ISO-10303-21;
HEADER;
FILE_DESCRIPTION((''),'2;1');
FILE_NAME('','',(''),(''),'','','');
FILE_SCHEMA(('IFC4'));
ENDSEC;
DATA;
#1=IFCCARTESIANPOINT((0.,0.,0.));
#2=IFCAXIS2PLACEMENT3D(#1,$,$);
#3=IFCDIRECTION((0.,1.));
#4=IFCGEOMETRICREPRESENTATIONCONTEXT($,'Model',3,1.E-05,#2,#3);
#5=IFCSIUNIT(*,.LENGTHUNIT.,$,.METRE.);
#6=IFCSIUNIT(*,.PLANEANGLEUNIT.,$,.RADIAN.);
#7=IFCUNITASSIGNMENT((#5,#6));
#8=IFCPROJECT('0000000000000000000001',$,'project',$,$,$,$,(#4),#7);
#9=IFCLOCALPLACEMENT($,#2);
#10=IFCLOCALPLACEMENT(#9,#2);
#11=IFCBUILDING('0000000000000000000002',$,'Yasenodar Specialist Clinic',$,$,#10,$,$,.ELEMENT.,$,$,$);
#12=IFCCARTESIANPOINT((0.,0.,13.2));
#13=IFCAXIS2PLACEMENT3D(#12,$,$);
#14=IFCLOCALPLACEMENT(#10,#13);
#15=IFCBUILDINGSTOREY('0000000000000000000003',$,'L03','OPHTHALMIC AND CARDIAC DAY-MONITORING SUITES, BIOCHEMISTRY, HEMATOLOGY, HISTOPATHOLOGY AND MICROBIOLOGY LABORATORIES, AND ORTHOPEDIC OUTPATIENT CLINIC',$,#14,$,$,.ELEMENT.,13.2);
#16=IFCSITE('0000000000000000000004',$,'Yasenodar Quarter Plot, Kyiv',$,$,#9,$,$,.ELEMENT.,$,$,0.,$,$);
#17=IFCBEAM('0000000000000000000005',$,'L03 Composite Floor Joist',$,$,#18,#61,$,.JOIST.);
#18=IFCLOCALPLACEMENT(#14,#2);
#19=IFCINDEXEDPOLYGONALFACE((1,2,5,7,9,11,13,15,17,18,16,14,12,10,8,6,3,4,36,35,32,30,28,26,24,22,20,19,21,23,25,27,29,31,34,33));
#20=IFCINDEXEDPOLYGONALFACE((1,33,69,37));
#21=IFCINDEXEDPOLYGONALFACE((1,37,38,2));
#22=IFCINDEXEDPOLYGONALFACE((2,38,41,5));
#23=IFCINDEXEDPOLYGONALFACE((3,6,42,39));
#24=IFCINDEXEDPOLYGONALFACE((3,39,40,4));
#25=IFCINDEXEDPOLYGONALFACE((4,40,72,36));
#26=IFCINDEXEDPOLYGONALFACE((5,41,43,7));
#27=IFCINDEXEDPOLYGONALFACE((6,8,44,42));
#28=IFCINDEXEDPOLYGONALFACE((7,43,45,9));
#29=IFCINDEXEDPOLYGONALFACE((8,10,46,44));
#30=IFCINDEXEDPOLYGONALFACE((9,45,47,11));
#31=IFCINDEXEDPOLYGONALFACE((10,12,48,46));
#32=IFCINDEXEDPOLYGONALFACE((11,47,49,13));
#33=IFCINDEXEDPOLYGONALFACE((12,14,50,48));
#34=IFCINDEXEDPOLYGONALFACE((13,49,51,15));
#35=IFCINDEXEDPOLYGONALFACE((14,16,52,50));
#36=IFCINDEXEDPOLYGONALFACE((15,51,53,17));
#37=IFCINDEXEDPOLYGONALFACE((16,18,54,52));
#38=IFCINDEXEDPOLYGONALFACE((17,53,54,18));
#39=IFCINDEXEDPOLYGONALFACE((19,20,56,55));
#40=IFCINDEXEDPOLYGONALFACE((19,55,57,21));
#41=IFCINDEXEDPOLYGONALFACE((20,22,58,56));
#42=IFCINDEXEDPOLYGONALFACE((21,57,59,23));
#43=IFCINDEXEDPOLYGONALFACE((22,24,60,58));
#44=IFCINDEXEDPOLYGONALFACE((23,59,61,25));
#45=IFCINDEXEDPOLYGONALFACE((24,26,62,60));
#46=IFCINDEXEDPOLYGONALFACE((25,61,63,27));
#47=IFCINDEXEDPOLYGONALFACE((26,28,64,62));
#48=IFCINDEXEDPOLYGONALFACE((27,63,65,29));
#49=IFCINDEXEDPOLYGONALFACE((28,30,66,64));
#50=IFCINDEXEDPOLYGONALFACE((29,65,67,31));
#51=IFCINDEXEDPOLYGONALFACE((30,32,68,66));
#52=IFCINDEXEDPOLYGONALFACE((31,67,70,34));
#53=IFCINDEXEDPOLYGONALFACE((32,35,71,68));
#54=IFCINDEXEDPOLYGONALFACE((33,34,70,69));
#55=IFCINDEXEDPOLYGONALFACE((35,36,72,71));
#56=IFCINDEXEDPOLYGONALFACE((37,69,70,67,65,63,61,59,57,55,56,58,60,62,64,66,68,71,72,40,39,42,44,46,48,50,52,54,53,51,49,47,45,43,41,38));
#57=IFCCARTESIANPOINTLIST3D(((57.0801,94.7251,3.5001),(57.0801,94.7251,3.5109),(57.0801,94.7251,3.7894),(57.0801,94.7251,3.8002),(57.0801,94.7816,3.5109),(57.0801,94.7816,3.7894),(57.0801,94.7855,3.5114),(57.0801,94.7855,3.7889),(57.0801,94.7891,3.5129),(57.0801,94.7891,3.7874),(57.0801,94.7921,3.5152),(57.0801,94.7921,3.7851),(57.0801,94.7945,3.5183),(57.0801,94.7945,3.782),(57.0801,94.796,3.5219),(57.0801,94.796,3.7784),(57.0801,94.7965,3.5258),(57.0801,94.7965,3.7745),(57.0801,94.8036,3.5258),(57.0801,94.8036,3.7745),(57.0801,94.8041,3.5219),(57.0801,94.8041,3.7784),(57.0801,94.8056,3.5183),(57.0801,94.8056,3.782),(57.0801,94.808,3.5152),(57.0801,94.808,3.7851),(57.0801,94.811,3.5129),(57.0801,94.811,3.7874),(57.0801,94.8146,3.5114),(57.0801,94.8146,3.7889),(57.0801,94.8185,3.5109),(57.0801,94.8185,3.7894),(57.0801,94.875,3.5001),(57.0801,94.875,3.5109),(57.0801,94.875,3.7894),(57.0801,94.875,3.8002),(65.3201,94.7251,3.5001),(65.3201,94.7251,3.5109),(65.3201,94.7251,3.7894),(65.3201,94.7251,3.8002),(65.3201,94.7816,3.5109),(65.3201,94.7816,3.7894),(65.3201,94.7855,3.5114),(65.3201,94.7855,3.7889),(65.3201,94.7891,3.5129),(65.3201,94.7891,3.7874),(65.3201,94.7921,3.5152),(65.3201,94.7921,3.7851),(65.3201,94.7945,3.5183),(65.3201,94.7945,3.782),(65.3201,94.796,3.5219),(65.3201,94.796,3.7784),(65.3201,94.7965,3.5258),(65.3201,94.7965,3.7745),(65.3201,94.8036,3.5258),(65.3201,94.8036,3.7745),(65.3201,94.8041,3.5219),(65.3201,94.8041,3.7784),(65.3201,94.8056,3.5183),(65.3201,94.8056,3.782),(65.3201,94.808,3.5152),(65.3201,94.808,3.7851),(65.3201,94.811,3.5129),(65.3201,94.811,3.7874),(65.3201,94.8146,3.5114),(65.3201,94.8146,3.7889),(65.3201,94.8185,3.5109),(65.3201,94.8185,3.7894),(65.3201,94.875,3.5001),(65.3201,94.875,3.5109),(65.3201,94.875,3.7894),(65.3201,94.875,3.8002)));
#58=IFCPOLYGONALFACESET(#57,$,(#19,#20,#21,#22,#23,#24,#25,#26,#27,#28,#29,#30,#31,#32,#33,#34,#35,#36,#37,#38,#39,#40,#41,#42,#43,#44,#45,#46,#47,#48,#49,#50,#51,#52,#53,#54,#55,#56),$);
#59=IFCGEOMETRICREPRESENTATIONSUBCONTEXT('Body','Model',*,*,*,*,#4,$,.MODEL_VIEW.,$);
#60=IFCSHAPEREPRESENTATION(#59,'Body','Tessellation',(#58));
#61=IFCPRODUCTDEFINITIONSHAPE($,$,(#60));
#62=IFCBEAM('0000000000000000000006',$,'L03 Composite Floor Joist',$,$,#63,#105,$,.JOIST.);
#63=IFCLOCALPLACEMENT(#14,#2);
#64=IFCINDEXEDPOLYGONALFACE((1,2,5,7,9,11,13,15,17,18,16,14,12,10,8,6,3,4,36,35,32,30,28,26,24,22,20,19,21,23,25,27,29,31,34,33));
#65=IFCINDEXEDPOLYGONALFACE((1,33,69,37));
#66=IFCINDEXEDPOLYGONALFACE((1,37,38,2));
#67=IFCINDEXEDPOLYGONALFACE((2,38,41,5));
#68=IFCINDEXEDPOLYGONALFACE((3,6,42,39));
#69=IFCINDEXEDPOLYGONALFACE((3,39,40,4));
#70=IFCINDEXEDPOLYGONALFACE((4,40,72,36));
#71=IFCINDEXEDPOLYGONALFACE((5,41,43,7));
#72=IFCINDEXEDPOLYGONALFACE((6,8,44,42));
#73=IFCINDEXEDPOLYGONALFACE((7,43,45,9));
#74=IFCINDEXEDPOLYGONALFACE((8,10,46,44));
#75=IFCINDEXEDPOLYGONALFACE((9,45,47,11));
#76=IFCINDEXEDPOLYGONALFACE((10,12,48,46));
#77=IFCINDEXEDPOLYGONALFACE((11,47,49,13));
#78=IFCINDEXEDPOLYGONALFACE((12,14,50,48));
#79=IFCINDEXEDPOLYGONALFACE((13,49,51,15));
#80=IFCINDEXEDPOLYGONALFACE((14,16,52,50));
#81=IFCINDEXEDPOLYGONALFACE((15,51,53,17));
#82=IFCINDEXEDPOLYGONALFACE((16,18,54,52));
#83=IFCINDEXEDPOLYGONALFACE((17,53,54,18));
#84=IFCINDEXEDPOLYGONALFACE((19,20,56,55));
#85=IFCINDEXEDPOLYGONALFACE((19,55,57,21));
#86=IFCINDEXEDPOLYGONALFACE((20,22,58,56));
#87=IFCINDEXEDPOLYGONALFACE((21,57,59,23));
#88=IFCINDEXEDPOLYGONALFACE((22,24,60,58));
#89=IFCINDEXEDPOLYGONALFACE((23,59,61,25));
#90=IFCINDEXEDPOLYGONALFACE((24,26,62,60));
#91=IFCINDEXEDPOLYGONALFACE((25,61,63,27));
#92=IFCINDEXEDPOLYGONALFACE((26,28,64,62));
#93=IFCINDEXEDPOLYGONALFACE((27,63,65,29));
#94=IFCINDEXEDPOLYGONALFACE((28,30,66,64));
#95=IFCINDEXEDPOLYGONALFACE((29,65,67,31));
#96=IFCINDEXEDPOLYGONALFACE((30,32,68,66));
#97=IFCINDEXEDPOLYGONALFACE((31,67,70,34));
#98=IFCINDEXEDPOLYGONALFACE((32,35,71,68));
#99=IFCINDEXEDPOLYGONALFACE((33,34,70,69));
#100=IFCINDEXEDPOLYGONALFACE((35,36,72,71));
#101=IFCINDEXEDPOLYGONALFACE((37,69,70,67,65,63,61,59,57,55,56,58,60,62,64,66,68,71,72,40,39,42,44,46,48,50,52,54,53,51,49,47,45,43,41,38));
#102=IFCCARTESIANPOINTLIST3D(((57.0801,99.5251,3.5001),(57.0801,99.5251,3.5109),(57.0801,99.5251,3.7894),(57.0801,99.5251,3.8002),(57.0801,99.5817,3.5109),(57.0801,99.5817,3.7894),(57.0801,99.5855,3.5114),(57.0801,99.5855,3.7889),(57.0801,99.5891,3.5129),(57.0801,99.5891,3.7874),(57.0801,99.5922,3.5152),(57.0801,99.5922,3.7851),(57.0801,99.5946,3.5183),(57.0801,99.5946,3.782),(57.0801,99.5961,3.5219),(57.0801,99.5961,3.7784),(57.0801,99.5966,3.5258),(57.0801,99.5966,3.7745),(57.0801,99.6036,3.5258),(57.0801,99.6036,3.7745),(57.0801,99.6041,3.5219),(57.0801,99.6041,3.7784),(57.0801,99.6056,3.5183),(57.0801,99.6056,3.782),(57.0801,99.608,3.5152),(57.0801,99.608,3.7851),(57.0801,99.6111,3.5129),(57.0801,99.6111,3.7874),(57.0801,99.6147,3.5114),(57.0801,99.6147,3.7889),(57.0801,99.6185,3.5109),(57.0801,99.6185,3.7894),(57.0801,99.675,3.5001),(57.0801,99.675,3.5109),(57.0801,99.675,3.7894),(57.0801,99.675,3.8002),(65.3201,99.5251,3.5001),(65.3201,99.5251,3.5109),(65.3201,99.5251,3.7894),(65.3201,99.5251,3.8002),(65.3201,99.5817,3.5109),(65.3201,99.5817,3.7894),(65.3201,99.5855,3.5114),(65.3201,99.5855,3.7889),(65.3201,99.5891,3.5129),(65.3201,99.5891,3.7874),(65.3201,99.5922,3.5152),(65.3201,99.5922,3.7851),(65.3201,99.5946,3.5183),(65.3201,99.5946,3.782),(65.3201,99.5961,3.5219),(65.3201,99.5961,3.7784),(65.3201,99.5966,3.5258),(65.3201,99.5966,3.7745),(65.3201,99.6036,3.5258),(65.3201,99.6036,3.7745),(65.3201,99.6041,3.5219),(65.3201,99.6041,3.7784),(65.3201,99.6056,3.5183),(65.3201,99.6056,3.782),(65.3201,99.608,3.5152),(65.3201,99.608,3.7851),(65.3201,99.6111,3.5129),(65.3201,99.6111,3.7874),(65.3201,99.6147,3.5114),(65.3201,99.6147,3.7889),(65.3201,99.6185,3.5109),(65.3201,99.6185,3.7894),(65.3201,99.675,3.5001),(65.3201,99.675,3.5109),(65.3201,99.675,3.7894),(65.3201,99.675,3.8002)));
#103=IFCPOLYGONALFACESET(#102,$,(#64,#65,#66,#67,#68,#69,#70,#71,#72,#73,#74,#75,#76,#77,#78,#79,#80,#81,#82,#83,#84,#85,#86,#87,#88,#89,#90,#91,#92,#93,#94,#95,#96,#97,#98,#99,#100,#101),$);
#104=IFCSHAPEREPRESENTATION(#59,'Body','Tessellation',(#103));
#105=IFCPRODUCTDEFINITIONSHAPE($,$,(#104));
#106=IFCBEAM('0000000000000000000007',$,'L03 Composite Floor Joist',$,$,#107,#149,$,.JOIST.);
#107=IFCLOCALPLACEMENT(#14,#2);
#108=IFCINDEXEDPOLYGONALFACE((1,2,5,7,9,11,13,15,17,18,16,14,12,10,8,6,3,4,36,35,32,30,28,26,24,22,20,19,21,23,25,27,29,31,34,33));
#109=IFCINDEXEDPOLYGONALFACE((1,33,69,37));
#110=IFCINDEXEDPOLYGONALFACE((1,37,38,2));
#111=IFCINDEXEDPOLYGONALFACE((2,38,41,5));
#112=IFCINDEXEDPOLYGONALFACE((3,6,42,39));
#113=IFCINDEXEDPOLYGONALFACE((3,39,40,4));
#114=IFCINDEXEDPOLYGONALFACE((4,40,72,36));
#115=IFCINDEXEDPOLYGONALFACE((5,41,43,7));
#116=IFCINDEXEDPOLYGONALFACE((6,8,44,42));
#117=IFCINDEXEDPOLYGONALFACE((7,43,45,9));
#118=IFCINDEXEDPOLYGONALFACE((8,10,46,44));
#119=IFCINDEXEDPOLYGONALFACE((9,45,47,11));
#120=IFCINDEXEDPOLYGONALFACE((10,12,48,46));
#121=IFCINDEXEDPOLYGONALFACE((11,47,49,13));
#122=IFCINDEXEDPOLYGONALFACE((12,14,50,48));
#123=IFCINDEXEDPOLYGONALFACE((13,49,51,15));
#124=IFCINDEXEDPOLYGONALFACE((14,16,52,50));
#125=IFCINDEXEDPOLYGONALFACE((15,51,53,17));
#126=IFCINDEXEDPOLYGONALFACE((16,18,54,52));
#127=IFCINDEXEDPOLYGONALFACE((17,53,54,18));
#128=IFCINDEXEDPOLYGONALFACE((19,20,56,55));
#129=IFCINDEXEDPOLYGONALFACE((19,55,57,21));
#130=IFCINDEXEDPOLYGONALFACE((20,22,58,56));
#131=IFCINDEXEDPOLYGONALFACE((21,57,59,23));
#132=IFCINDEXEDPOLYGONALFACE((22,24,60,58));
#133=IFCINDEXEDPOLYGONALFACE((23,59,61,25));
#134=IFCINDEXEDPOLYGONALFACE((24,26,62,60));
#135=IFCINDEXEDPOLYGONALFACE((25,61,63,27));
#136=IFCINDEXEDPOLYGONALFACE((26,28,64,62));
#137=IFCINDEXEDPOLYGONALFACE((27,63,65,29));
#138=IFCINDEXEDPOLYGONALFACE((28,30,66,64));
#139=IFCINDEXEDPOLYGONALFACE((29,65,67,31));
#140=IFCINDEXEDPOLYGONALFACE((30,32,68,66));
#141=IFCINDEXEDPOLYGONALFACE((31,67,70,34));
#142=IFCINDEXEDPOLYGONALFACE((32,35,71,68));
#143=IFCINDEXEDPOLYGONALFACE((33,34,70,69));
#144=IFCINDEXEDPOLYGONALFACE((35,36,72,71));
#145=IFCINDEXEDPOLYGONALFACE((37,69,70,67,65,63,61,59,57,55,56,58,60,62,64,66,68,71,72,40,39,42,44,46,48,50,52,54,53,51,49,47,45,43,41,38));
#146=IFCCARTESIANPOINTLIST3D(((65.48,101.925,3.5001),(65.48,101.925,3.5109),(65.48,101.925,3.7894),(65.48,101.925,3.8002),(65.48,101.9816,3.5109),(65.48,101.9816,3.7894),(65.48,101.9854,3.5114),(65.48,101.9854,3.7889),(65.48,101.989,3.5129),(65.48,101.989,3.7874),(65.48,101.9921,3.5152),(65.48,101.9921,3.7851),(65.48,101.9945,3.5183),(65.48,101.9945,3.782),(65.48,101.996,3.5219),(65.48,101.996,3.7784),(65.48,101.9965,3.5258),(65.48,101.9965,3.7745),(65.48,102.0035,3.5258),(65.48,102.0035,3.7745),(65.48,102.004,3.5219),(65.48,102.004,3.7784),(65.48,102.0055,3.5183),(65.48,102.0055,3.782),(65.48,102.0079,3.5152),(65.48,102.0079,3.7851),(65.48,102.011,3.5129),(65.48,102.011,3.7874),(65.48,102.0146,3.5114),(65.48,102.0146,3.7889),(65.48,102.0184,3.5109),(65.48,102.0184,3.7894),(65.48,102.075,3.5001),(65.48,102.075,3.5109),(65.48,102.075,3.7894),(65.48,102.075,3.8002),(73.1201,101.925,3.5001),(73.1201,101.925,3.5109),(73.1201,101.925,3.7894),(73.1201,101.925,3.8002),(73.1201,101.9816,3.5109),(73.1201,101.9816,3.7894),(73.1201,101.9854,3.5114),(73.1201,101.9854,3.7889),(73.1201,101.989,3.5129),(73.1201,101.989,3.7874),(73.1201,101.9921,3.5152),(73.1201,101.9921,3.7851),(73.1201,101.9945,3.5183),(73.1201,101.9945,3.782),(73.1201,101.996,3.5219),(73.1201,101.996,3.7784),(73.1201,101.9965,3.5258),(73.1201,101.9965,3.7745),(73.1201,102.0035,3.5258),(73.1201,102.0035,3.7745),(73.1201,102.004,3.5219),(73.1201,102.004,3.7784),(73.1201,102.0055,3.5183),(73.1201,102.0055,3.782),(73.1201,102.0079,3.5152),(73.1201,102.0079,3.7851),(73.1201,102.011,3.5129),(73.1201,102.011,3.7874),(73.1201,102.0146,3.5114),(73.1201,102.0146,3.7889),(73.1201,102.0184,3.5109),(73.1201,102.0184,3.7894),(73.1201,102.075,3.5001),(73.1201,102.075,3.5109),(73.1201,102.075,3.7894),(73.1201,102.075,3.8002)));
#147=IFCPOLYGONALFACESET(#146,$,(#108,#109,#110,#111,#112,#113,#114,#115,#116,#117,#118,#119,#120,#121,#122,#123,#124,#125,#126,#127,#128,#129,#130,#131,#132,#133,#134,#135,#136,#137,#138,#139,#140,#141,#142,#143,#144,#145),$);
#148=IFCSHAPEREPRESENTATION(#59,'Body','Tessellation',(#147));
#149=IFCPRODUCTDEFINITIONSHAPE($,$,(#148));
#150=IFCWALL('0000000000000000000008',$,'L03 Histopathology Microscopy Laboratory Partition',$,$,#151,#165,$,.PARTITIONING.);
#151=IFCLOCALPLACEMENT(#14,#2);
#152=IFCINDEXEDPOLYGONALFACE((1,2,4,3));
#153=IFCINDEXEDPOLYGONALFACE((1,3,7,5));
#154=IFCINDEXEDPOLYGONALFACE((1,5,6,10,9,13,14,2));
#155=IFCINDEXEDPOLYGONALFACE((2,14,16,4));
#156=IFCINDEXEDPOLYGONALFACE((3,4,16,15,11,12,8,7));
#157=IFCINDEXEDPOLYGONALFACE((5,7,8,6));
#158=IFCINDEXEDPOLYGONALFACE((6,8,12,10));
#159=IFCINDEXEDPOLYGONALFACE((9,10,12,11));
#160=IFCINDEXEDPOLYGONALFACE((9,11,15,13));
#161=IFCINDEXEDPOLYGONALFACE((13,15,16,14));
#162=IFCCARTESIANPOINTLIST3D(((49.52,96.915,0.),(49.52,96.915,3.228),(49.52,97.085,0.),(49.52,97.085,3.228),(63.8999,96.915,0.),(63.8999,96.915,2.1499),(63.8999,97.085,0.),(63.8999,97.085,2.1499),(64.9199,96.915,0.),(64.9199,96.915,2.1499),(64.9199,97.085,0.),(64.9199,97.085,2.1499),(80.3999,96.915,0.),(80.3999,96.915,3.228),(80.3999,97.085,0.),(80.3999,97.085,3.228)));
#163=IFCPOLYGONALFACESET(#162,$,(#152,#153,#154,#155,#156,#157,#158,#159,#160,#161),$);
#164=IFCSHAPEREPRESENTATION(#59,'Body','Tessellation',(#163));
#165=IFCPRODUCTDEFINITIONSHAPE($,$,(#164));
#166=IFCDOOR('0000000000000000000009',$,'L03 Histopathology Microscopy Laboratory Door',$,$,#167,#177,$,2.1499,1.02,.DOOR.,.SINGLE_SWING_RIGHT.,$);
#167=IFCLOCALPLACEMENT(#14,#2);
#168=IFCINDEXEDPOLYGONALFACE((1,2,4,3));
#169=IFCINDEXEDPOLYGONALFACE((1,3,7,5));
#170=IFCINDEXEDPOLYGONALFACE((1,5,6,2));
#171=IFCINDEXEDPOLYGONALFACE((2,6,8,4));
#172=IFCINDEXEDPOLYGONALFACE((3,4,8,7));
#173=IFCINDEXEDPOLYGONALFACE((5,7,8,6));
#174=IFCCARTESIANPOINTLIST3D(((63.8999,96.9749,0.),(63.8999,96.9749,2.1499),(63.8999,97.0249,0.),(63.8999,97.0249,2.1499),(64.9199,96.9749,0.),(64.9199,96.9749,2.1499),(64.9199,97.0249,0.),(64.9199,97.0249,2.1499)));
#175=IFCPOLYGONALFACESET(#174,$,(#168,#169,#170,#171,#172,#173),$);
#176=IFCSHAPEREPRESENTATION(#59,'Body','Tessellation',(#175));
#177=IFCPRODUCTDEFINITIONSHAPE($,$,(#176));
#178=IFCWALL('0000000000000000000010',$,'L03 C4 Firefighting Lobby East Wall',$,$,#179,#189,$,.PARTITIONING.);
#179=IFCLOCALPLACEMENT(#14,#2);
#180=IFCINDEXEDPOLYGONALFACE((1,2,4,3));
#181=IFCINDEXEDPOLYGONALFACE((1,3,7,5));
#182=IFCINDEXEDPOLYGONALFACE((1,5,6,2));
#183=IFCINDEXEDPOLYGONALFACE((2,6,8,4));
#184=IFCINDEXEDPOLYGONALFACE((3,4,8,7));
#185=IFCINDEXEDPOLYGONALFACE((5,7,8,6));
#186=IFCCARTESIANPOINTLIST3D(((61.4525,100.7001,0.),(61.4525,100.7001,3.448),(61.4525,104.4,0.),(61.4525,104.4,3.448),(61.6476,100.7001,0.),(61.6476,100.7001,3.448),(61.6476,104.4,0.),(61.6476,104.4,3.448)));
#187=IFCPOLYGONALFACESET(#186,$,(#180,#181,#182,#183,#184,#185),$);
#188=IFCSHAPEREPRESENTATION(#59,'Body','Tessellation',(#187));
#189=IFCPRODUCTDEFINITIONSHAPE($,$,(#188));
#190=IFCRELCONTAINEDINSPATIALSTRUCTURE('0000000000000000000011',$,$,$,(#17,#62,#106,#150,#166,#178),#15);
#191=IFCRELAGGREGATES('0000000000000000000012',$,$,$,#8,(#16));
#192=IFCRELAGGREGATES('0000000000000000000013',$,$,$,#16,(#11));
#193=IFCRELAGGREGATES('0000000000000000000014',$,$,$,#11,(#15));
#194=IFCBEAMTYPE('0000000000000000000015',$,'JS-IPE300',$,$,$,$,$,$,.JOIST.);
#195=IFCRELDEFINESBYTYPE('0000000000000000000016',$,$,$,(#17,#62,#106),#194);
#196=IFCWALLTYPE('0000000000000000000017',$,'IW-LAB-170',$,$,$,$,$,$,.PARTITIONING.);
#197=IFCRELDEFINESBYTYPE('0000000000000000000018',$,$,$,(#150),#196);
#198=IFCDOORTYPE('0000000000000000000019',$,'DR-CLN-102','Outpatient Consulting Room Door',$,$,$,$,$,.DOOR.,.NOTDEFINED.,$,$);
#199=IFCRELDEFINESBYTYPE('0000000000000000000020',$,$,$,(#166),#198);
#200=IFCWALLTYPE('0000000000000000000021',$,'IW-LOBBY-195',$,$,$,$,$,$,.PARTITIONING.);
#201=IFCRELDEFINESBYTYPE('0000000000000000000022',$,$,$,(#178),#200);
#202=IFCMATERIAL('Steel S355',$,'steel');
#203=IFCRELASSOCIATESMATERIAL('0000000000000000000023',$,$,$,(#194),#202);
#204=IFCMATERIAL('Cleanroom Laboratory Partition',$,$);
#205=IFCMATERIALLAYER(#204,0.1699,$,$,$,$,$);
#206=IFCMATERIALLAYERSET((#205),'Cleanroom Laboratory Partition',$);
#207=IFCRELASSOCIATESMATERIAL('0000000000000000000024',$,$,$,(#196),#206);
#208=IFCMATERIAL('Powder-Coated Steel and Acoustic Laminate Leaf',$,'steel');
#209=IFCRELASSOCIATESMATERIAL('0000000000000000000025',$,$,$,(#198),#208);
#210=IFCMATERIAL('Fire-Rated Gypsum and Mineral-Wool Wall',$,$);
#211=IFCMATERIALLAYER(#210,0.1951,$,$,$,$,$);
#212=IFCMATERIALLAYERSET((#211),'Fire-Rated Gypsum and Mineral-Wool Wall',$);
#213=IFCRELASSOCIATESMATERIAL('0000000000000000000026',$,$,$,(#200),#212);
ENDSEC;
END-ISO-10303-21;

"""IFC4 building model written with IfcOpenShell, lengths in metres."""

from ifc_helpers import new_model, si_unit, direction, frame, frame_2d, origin, origin_2d, place, context, subcontext, project, spatial, rectangle, i_section, extrude, material, layer, layer_set, material_profile, profile_set, type_object, element, fill, save


model = new_model("IFC4")

# Units and contexts
model_context = context("Model", 3, precision=1e-05, world=origin(), true_north=direction((0.0, 1.0)))
body_context = subcontext(model_context, "Body", "Model", "MODEL_VIEW")
ifc_project = project(units=[si_unit("LENGTHUNIT", "METRE"), si_unit("PLANEANGLEUNIT", "RADIAN")], contexts=[model_context])

# Site, building, storey
site_placement = place(None, origin())
site = spatial("IfcSite", under=ifc_project, at=site_placement, Name="Yasenodar Quarter Plot, Kyiv", CompositionType="ELEMENT", RefElevation=0.0)
building_placement = place(site_placement, origin())
building = spatial("IfcBuilding", under=site, at=building_placement, Name="Yasenodar Specialist Clinic", CompositionType="ELEMENT")
storey_placement = place(building_placement, frame((0.0, 0.0, 13.2)))
storey = spatial("IfcBuildingStorey", under=building, at=storey_placement, Name="L03", Description="OPHTHALMIC AND CARDIAC DAY-MONITORING SUITES, BIOCHEMISTRY, HEMATOLOGY, HISTOPATHOLOGY AND MICROBIOLOGY LABORATORIES, AND ORTHOPEDIC OUTPATIENT CLINIC", CompositionType="ELEMENT", Elevation=13.2)

# Shared definitions
ifc_material_1 = material(Name="Steel S355", Category="steel")

# Beams
ifc_material_profile_1 = material_profile(ifc_material_1, i_section(OverallWidth=0.1499, OverallDepth=0.3, WebThickness=0.0071, FlangeThickness=0.0107, FilletRadius=0.0149, at=origin_2d()), Name="IPE 300")
ifc_profile_set_1 = profile_set([ifc_material_profile_1], Name="Steel S355")
beam_type_1 = type_object("IfcBeamType", Name="JS-IPE300", PredefinedType="JOIST", material=ifc_profile_set_1)
for number, where, z_axis, x_axis, name in (
    (1, (57.0801, 94.8, 3.6501), (1.0, 0.0, 0.0), (0.0, 1.0, 0.0), "L03 Composite Floor Joist"),
    (2, (57.0801, 99.6001, 3.6501), (1.0, 0.0, 0.0), (0.0, 1.0, 0.0), "L03 Composite Floor Joist"),
):
    element("IfcBeam", number, at=place(storey_placement, frame(where, z_axis=z_axis, x_axis=x_axis)), inside=storey, type_object=beam_type_1, Name=name, PredefinedType="JOIST", context=body_context, shape_type="SweptSolid", body=[
        extrude(i_section(OverallWidth=0.1499, OverallDepth=0.3, WebThickness=0.0071, FlangeThickness=0.0107, FilletRadius=0.0149, at=origin_2d()), origin(), (0.0, 0.0, 1.0), 8.24),
    ])
beam_1_placement = place(storey_placement, frame((65.48, 102.0, 3.6501), z_axis=(1.0, 0.0, 0.0), x_axis=(0.0, 1.0, 0.0)))
element("IfcBeam", 3, at=beam_1_placement, inside=storey, type_object=beam_type_1, Name="L03 Composite Floor Joist", PredefinedType="JOIST", context=body_context, shape_type="SweptSolid", body=[
    extrude(i_section(OverallWidth=0.1499, OverallDepth=0.3, WebThickness=0.0071, FlangeThickness=0.0107, FilletRadius=0.0149, at=origin_2d()), origin(), (0.0, 0.0, 1.0), 7.6401),
])

# Wall, opening, door
ifc_material_2 = material(Name="Cleanroom Laboratory Partition")
ifc_layer_1 = layer(ifc_material_2, 0.1699)
ifc_layer_set_1 = layer_set([ifc_layer_1], Name="Cleanroom Laboratory Partition")
wall_type_1 = type_object("IfcWallType", Name="IW-LAB-170", PredefinedType="PARTITIONING", material=ifc_layer_set_1)
wall_1_placement = place(storey_placement, frame((49.52, 97.0, 0.0), z_axis=(0.0, 0.0, 1.0), x_axis=(1.0, 0.0, 0.0)))
wall_1 = element("IfcWall", 4, at=wall_1_placement, inside=storey, type_object=wall_type_1, Name="L03 Histopathology Microscopy Laboratory Partition", PredefinedType="PARTITIONING", context=body_context, shape_type="SweptSolid", body=[
    extrude(rectangle(XDim=30.8799, YDim=0.1699, at=frame_2d((15.4399, 0.0))), origin(), (0.0, 0.0, 1.0), 3.228),
])
opening_1_placement = place(wall_1_placement, frame((14.3799, 0.0, 0.0)))
opening_1 = element("IfcOpeningElement", 5, at=opening_1_placement, cuts=wall_1, PredefinedType="OPENING", context=body_context, shape_type="SweptSolid", body=[
    extrude(rectangle(XDim=1.02, YDim=2.1499, at=frame_2d((0.51, 1.075))), frame((0.0, 0.095, 0.0), z_axis=(0.0, -1.0, 0.0), x_axis=(1.0, 0.0, 0.0)), (0.0, 0.0, 1.0), 0.1899),
])
ifc_material_3 = material(Name="Powder-Coated Steel and Acoustic Laminate Leaf", Category="steel")
door_type_1 = type_object("IfcDoorType", Name="DR-CLN-102", Description="Outpatient Consulting Room Door", OperationType="NOTDEFINED", PredefinedType="DOOR", material=ifc_material_3)
door_1_placement = place(opening_1_placement, origin())
door_1 = element("IfcDoor", 6, at=door_1_placement, inside=storey, type_object=door_type_1, Name="L03 Histopathology Microscopy Laboratory Door", OperationType="SINGLE_SWING_RIGHT", OverallHeight=2.1499, OverallWidth=1.02, PredefinedType="DOOR", context=body_context, shape_type="SweptSolid", body=[
    extrude(rectangle(XDim=1.02, YDim=2.1499, at=frame_2d((0.51, 1.075))), frame((0.0, 0.0249, 0.0), z_axis=(0.0, -1.0, 0.0), x_axis=(1.0, 0.0, 0.0)), (0.0, 0.0, 1.0), 0.05),
])
fill(opening_1, door_1)
ifc_material_4 = material(Name="Fire-Rated Gypsum and Mineral-Wool Wall")
ifc_layer_2 = layer(ifc_material_4, 0.1951)
ifc_layer_set_2 = layer_set([ifc_layer_2], Name="Fire-Rated Gypsum and Mineral-Wool Wall")
wall_type_2 = type_object("IfcWallType", Name="IW-LOBBY-195", PredefinedType="PARTITIONING", material=ifc_layer_set_2)

# Wall
wall_2_placement = place(storey_placement, frame((61.55, 100.7, 0.0), z_axis=(0.0, 0.0, 1.0), x_axis=(0.0, 1.0, 0.0)))
element("IfcWall", 7, at=wall_2_placement, inside=storey, type_object=wall_type_2, Name="L03 C4 Firefighting Lobby East Wall", PredefinedType="PARTITIONING", context=body_context, shape_type="SweptSolid", body=[
    extrude(rectangle(XDim=3.7, YDim=0.1951, at=frame_2d((1.8501, 0.0))), origin(), (0.0, 0.0, 1.0), 3.448),
])

save(model, "model.ifc")
